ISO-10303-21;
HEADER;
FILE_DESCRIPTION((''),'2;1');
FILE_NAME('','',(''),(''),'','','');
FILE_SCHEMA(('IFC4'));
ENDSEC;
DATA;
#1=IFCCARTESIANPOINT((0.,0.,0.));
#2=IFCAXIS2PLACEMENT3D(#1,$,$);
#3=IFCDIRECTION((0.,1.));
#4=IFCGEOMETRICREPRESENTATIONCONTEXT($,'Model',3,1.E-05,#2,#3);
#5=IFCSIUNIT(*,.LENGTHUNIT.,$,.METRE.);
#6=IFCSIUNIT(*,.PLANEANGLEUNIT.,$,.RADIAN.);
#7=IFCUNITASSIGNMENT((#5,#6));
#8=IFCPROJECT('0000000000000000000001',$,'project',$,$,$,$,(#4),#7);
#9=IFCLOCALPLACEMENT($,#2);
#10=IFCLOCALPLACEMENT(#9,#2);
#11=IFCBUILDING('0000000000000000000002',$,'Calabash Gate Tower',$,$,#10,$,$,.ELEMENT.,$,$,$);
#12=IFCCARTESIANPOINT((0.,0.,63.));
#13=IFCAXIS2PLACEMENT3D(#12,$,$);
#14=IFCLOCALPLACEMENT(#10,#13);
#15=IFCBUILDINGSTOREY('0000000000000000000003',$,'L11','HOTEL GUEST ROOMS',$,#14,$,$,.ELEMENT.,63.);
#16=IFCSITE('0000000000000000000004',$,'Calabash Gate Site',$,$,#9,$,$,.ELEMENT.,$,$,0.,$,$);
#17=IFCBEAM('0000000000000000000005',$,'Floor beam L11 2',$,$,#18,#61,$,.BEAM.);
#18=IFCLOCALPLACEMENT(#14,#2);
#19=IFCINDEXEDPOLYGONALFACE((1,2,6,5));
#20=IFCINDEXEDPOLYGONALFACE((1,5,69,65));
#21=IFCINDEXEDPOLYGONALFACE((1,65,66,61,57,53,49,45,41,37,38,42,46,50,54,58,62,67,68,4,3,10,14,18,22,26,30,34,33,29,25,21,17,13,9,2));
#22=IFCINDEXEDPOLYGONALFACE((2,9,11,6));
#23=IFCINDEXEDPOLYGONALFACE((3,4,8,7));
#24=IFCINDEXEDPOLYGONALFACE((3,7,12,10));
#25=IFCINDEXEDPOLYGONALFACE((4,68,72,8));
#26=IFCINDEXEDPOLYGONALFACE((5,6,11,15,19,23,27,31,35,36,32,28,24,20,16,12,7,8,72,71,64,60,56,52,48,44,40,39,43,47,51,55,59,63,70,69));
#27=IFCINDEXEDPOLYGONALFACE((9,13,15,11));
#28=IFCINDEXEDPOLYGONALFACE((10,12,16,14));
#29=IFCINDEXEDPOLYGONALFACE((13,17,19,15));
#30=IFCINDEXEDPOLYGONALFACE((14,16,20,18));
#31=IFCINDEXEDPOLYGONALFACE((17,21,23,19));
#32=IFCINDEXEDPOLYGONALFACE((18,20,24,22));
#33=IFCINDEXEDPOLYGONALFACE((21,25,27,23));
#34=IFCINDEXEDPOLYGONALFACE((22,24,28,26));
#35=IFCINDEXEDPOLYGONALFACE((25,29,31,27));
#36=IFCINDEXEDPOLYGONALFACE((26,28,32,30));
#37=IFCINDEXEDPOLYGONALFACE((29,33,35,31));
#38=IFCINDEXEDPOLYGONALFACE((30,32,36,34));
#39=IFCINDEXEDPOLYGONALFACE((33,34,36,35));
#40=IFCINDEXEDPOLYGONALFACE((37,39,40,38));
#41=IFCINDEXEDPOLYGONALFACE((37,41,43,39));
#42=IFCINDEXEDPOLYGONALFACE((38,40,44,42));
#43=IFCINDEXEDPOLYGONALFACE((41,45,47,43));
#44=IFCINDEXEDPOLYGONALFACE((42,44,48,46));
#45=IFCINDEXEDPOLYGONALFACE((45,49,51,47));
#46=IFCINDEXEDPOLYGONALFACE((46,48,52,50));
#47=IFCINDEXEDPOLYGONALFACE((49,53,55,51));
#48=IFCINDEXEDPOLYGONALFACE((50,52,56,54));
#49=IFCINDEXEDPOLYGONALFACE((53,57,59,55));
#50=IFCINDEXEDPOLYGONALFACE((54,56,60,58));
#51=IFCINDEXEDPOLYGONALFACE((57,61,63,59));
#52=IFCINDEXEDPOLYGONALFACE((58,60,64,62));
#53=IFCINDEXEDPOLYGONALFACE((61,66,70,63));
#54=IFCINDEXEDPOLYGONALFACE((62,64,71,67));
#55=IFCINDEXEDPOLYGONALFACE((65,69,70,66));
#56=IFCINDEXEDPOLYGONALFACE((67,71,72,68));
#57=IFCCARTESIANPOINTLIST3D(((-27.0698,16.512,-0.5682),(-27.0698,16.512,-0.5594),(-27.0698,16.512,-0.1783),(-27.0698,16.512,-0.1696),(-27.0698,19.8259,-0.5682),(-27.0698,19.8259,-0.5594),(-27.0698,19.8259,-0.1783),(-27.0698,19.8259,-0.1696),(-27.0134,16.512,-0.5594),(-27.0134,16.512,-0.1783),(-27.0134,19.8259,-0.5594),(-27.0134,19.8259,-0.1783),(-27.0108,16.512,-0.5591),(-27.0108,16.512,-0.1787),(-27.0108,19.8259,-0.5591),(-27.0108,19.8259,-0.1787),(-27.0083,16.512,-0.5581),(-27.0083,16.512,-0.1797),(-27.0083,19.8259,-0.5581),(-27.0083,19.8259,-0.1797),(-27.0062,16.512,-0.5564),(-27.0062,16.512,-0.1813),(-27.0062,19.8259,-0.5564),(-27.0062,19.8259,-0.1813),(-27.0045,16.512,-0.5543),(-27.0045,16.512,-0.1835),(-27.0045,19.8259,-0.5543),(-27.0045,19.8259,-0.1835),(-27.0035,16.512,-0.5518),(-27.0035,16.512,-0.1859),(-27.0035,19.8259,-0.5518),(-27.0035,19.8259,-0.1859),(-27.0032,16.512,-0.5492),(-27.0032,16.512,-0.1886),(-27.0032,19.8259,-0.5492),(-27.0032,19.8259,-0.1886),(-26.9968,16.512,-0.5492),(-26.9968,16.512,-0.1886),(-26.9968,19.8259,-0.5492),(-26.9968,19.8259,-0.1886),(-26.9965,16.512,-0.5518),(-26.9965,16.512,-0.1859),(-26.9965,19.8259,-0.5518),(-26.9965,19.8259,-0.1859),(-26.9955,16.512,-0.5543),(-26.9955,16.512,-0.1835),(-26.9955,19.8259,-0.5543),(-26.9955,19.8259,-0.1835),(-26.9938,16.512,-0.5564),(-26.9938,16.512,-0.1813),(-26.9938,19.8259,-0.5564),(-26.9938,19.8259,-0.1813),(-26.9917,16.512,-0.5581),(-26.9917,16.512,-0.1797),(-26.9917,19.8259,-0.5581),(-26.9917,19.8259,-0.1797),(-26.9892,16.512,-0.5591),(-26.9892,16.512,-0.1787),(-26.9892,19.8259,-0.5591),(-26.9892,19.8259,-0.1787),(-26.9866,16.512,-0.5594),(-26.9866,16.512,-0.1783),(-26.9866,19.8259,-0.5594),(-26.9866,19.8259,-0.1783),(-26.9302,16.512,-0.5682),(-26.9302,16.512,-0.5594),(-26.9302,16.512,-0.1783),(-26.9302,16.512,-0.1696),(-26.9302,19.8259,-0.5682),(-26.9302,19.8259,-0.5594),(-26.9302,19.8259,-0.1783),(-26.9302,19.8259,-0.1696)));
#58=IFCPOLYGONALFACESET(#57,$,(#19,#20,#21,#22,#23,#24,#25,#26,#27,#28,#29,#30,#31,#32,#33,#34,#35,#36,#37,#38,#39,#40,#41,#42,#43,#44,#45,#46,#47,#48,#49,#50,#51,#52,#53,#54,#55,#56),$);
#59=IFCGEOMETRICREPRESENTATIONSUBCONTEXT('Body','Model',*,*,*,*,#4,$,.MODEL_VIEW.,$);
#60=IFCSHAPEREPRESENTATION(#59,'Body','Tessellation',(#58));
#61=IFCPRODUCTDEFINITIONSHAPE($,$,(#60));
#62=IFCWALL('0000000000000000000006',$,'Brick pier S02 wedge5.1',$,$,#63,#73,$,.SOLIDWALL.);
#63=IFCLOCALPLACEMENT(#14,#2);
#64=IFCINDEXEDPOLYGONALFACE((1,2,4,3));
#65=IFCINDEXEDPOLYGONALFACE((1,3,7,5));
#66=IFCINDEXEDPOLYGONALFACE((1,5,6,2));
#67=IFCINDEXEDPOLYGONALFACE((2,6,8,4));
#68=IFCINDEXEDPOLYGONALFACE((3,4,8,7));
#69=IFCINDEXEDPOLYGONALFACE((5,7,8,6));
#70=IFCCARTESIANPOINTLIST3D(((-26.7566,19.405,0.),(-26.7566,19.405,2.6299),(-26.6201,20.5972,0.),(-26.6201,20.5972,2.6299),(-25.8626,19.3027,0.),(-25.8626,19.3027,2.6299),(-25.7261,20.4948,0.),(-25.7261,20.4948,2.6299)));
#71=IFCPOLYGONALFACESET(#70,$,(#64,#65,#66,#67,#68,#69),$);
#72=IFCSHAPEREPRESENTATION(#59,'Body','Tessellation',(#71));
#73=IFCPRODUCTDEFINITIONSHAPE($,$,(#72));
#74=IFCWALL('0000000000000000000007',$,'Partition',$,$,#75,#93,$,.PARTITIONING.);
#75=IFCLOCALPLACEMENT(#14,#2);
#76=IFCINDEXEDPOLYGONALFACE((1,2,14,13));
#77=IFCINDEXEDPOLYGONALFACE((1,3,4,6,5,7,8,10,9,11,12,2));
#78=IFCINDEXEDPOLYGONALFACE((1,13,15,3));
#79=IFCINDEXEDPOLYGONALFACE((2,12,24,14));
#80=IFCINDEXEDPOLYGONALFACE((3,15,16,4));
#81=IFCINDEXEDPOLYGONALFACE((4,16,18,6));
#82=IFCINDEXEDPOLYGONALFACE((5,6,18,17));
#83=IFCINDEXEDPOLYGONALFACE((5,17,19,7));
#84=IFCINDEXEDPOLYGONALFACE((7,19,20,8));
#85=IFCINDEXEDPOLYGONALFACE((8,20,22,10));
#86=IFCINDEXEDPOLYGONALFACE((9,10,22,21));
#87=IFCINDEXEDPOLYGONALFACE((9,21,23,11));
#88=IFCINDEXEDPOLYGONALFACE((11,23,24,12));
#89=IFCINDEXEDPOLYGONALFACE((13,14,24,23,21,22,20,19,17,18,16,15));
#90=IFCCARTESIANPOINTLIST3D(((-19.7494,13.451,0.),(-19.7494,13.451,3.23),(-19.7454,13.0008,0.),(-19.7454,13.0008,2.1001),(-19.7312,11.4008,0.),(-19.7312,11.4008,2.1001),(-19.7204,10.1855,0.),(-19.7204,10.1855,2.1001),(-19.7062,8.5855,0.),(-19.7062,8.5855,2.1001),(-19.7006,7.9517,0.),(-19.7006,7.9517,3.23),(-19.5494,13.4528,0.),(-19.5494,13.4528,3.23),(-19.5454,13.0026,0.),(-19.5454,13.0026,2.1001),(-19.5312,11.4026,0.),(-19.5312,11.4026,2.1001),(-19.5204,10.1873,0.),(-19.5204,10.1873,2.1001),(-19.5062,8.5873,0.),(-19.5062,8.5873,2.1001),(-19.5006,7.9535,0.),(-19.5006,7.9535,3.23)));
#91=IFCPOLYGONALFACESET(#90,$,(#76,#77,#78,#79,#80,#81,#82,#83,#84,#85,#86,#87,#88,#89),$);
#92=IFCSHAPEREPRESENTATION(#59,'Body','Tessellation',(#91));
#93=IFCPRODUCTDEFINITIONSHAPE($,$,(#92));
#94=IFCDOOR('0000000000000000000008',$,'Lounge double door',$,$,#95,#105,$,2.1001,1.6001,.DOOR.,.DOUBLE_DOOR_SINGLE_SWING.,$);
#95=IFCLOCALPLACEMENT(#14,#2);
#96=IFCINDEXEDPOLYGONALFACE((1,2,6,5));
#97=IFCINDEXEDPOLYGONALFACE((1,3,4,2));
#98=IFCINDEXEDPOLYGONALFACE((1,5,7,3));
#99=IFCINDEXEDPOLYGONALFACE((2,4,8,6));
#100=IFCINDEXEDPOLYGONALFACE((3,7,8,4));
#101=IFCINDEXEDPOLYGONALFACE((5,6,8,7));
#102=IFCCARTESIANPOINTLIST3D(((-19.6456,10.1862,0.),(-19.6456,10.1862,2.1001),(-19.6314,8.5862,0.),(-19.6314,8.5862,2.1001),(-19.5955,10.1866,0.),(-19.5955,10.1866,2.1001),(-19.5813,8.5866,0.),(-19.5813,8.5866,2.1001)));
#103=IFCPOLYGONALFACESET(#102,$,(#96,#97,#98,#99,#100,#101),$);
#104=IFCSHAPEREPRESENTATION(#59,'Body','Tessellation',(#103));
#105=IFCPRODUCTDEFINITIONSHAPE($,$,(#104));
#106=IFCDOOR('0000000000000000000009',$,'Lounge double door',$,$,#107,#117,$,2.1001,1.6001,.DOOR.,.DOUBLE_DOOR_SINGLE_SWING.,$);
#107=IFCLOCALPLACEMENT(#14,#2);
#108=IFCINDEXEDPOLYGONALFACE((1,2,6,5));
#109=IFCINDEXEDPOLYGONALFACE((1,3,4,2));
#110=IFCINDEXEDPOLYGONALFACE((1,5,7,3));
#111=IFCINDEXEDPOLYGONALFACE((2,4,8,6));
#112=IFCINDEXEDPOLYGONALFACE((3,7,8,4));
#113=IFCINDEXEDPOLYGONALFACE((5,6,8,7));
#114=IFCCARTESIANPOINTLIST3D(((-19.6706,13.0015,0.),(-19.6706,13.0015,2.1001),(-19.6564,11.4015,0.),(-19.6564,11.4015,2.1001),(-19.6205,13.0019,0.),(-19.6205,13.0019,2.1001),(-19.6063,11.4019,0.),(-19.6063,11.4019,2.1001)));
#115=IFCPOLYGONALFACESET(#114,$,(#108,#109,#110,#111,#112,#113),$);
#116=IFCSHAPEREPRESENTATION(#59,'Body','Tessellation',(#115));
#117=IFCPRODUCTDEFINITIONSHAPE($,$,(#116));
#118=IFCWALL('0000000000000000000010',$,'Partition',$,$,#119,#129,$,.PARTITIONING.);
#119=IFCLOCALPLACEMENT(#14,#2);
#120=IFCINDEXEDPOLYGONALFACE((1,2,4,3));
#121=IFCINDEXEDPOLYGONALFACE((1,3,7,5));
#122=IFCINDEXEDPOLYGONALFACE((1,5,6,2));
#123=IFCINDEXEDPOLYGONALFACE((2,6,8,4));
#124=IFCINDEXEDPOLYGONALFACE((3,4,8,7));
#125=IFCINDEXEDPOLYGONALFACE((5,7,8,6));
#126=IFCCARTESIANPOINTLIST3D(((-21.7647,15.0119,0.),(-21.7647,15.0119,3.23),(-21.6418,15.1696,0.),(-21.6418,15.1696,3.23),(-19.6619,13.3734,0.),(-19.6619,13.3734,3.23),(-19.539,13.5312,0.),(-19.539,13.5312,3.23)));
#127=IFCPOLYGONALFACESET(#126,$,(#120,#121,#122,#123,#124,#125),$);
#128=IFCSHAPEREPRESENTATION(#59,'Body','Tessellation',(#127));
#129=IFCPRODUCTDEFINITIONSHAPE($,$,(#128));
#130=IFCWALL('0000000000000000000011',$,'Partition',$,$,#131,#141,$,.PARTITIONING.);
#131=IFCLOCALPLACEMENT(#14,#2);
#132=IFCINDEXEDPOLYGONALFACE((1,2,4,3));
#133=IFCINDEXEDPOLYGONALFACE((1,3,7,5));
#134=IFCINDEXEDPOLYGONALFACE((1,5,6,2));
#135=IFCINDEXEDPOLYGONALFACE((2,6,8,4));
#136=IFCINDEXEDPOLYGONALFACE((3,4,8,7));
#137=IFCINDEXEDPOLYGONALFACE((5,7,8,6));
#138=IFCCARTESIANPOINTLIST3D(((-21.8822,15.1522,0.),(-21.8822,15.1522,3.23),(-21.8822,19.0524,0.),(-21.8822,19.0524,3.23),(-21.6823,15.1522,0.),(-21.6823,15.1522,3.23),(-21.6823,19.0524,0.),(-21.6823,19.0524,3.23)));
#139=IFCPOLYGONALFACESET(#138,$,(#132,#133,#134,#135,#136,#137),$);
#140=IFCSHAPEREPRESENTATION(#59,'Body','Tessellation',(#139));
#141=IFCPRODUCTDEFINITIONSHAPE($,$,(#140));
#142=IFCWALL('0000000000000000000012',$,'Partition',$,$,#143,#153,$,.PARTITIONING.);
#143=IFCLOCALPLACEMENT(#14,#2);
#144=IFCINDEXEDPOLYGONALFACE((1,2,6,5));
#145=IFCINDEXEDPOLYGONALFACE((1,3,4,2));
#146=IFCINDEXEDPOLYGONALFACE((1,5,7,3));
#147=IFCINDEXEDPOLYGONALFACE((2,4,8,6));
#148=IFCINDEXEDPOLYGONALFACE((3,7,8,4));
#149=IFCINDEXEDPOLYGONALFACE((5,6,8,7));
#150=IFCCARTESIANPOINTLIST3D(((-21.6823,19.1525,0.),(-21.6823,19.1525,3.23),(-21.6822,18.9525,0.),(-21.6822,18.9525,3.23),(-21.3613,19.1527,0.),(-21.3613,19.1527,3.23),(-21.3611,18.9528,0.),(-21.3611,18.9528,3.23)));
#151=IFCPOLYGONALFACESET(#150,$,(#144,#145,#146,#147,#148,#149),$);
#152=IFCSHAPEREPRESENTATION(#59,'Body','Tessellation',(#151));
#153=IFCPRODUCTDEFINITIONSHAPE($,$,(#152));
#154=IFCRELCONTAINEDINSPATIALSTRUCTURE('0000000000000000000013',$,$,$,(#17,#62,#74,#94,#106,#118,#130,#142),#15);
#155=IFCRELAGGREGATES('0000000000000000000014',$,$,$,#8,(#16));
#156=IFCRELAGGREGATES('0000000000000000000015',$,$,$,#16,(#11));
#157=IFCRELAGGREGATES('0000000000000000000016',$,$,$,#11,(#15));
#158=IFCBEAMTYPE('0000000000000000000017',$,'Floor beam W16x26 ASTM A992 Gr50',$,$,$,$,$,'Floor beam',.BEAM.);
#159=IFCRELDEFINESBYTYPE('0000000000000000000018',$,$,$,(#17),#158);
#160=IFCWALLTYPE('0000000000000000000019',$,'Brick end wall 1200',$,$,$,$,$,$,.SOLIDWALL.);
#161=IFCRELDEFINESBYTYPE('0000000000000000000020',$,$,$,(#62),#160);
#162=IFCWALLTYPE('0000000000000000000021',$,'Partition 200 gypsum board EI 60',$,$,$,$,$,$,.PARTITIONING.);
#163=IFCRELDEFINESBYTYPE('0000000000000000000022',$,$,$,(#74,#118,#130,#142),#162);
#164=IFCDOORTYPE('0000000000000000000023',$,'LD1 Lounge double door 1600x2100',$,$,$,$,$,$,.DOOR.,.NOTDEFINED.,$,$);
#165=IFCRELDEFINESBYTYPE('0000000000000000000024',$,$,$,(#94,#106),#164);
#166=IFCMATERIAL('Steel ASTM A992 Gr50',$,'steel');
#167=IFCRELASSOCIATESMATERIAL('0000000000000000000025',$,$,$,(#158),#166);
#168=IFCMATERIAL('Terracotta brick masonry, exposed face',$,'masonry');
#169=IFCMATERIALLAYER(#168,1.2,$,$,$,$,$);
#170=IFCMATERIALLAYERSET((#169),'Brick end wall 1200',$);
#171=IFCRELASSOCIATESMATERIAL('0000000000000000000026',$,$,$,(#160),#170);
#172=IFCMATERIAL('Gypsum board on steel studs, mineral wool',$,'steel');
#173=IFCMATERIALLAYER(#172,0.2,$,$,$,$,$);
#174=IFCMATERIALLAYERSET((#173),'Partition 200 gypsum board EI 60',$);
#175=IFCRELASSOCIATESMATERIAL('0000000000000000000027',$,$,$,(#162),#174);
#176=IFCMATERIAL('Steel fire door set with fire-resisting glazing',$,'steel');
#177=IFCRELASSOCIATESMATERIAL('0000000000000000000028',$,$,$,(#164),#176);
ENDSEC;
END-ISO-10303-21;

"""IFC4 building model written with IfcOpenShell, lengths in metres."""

from ifc_helpers import new_model, si_unit, direction, frame, frame_2d, origin, origin_2d, place, context, subcontext, project, spatial, rectangle, i_section, extrude, material, layer, layer_set, material_profile, profile_set, type_object, element, fill, save


model = new_model("IFC4")

# Units and contexts
model_context = context("Model", 3, precision=1e-05, world=origin(), true_north=direction((0.0, 1.0)))
body_context = subcontext(model_context, "Body", "Model", "MODEL_VIEW")
ifc_project = project(units=[si_unit("LENGTHUNIT", "METRE"), si_unit("PLANEANGLEUNIT", "RADIAN")], contexts=[model_context])

# Site, building, storey
site_placement = place(None, origin())
site = spatial("IfcSite", under=ifc_project, at=site_placement, Name="Calabash Gate Site", CompositionType="ELEMENT", RefElevation=0.0)
building_placement = place(site_placement, origin())
building = spatial("IfcBuilding", under=site, at=building_placement, Name="Calabash Gate Tower", CompositionType="ELEMENT")
storey_placement = place(building_placement, frame((0.0, 0.0, 63.0)))
storey = spatial("IfcBuildingStorey", under=building, at=storey_placement, Name="L11", Description="HOTEL GUEST ROOMS", CompositionType="ELEMENT", Elevation=63.0)

# Beam
ifc_material_1 = material(Name="Steel ASTM A992 Gr50", Category="steel")
ifc_material_profile_1 = material_profile(ifc_material_1, i_section(OverallWidth=0.1396, OverallDepth=0.3987, WebThickness=0.0063, FlangeThickness=0.0088, FilletRadius=0.0103, at=origin_2d()))
ifc_profile_set_1 = profile_set([ifc_material_profile_1], Name="Steel ASTM A992 Gr50")
beam_type_1 = type_object("IfcBeamType", Name="Floor beam W16x26 ASTM A992 Gr50", ElementType="Floor beam", PredefinedType="BEAM", material=ifc_profile_set_1)
beam_1_placement = place(storey_placement, frame((-27.0, 16.512, -0.3689), z_axis=(0.0, 1.0, 0.0), x_axis=(-1.0, 0.0, 0.0)))
element("IfcBeam", 1, at=beam_1_placement, inside=storey, type_object=beam_type_1, Name="Floor beam L11 2", PredefinedType="BEAM", context=body_context, shape_type="SweptSolid", body=[
    extrude(i_section(OverallWidth=0.1396, OverallDepth=0.3987, WebThickness=0.0063, FlangeThickness=0.0088, FilletRadius=0.0103, at=origin_2d()), origin(), (0.0, 0.0, 1.0), 3.314),
])

# Wall
ifc_material_2 = material(Name="Terracotta brick masonry, exposed face", Category="masonry")
ifc_layer_1 = layer(ifc_material_2, 1.2)
ifc_layer_set_1 = layer_set([ifc_layer_1], Name="Brick end wall 1200")
wall_type_1 = type_object("IfcWallType", Name="Brick end wall 1200", PredefinedType="SOLIDWALL", material=ifc_layer_set_1)
wall_1_placement = place(storey_placement, frame((-26.1731, 20.5461, 0.0), z_axis=(0.0, 0.0, 1.0), x_axis=(-0.113736, -0.993511, 0.0)))
element("IfcWall", 2, at=wall_1_placement, inside=storey, type_object=wall_type_1, Name="Brick pier S02 wedge5.1", PredefinedType="SOLIDWALL", context=body_context, shape_type="SweptSolid", body=[
    extrude(rectangle(XDim=1.2, YDim=0.8999, at=frame_2d((0.6001, 0.0))), origin(), (0.0, 0.0, 1.0), 2.6299),
])

# Wall, openings, doors
ifc_material_3 = material(Name="Gypsum board on steel studs, mineral wool", Category="steel")
ifc_layer_2 = layer(ifc_material_3, 0.2)
ifc_layer_set_2 = layer_set([ifc_layer_2], Name="Partition 200 gypsum board EI 60")
wall_type_2 = type_object("IfcWallType", Name="Partition 200 gypsum board EI 60", PredefinedType="PARTITIONING", material=ifc_layer_set_2)
wall_2_placement = place(storey_placement, frame((-19.6494, 13.4519, 0.0), z_axis=(0.0, 0.0, 1.0), x_axis=(0.008879, -0.999961, 0.0)))
wall_2 = element("IfcWall", 3, at=wall_2_placement, inside=storey, type_object=wall_type_2, Name="Partition", PredefinedType="PARTITIONING", context=body_context, shape_type="SweptSolid", body=[
    extrude(rectangle(XDim=5.4995, YDim=0.2, at=frame_2d((2.7498, 0.0))), origin(), (0.0, 0.0, 1.0), 3.23),
])
opening_1_placement = place(wall_2_placement, frame((3.2656, 0.0, 0.0)))
opening_1 = element("IfcOpeningElement", 4, at=opening_1_placement, cuts=wall_2, PredefinedType="OPENING", context=body_context, shape_type="SweptSolid", body=[
    extrude(rectangle(XDim=1.6001, YDim=2.1001, at=frame_2d((0.8, 1.05))), frame((0.0, 0.1099, 0.0), z_axis=(0.0, -1.0, 0.0), x_axis=(1.0, 0.0, 0.0)), (0.0, 0.0, 1.0), 0.22),
])
opening_2_placement = place(wall_2_placement, frame((0.4502, 0.0, 0.0)))
opening_2 = element("IfcOpeningElement", 5, at=opening_2_placement, cuts=wall_2, PredefinedType="OPENING", context=body_context, shape_type="SweptSolid", body=[
    extrude(rectangle(XDim=1.6001, YDim=2.1001, at=frame_2d((0.8, 1.05))), frame((0.0, 0.1099, 0.0), z_axis=(0.0, -1.0, 0.0), x_axis=(1.0, 0.0, 0.0)), (0.0, 0.0, 1.0), 0.22),
])
ifc_material_4 = material(Name="Steel fire door set with fire-resisting glazing", Category="steel")
door_type = type_object("IfcDoorType", Name="LD1 Lounge double door 1600x2100", OperationType="NOTDEFINED", PredefinedType="DOOR", material=ifc_material_4)
door_1_placement = place(opening_1_placement, origin())
door_1 = element("IfcDoor", 6, at=door_1_placement, inside=storey, type_object=door_type, Name="Lounge double door", OperationType="DOUBLE_DOOR_SINGLE_SWING", OverallHeight=2.1001, OverallWidth=1.6001, PredefinedType="DOOR", context=body_context, shape_type="SweptSolid", body=[
    extrude(rectangle(XDim=1.6001, YDim=2.1001, at=frame_2d((0.8, 1.05))), frame((0.0, 0.0249, 0.0), z_axis=(0.0, -1.0, 0.0), x_axis=(1.0, 0.0, 0.0)), (0.0, 0.0, 1.0), 0.05),
])
fill(opening_1, door_1)
door_2_placement = place(opening_2_placement, origin())
door_2 = element("IfcDoor", 7, at=door_2_placement, inside=storey, type_object=door_type, Name="Lounge double door", OperationType="DOUBLE_DOOR_SINGLE_SWING", OverallHeight=2.1001, OverallWidth=1.6001, PredefinedType="DOOR", context=body_context, shape_type="SweptSolid", body=[
    extrude(rectangle(XDim=1.6001, YDim=2.1001, at=frame_2d((0.8, 1.05))), frame((0.0, 0.0249, 0.0), z_axis=(0.0, -1.0, 0.0), x_axis=(1.0, 0.0, 0.0)), (0.0, 0.0, 1.0), 0.05),
])
fill(opening_2, door_2)

# Walls
wall_3_placement = place(storey_placement, frame((-21.7034, 15.0908, 0.0), z_axis=(0.0, 0.0, 1.0), x_axis=(0.788819, -0.614625, 0.0)))
element("IfcWall", 8, at=wall_3_placement, inside=storey, type_object=wall_type_2, Name="Partition", PredefinedType="PARTITIONING", context=body_context, shape_type="SweptSolid", body=[
    extrude(rectangle(XDim=2.6658, YDim=0.2, at=frame_2d((1.333, 0.0))), origin(), (0.0, 0.0, 1.0), 3.23),
])
wall_4_placement = place(storey_placement, frame((-21.7822, 19.0525, 0.0), z_axis=(0.0, 0.0, 1.0), x_axis=(0.0, -1.0, 0.0)))
element("IfcWall", 9, at=wall_4_placement, inside=storey, type_object=wall_type_2, Name="Partition", PredefinedType="PARTITIONING", context=body_context, shape_type="SweptSolid", body=[
    extrude(rectangle(XDim=3.9001, YDim=0.2, at=frame_2d((1.9502, 0.0))), origin(), (0.0, 0.0, 1.0), 3.23),
])
wall_5_placement = place(storey_placement, frame((-21.6824, 19.0525, 0.0), z_axis=(0.0, 0.0, 1.0), x_axis=(1.0, 0.00076, 0.0)))
element("IfcWall", 10, at=wall_5_placement, inside=storey, type_object=wall_type_2, Name="Partition", PredefinedType="PARTITIONING", context=body_context, shape_type="SweptSolid", body=[
    extrude(rectangle(XDim=0.321, YDim=0.2, at=frame_2d((0.1606, 0.0))), origin(), (0.0, 0.0, 1.0), 3.23),
])

save(model, "model.ifc")
